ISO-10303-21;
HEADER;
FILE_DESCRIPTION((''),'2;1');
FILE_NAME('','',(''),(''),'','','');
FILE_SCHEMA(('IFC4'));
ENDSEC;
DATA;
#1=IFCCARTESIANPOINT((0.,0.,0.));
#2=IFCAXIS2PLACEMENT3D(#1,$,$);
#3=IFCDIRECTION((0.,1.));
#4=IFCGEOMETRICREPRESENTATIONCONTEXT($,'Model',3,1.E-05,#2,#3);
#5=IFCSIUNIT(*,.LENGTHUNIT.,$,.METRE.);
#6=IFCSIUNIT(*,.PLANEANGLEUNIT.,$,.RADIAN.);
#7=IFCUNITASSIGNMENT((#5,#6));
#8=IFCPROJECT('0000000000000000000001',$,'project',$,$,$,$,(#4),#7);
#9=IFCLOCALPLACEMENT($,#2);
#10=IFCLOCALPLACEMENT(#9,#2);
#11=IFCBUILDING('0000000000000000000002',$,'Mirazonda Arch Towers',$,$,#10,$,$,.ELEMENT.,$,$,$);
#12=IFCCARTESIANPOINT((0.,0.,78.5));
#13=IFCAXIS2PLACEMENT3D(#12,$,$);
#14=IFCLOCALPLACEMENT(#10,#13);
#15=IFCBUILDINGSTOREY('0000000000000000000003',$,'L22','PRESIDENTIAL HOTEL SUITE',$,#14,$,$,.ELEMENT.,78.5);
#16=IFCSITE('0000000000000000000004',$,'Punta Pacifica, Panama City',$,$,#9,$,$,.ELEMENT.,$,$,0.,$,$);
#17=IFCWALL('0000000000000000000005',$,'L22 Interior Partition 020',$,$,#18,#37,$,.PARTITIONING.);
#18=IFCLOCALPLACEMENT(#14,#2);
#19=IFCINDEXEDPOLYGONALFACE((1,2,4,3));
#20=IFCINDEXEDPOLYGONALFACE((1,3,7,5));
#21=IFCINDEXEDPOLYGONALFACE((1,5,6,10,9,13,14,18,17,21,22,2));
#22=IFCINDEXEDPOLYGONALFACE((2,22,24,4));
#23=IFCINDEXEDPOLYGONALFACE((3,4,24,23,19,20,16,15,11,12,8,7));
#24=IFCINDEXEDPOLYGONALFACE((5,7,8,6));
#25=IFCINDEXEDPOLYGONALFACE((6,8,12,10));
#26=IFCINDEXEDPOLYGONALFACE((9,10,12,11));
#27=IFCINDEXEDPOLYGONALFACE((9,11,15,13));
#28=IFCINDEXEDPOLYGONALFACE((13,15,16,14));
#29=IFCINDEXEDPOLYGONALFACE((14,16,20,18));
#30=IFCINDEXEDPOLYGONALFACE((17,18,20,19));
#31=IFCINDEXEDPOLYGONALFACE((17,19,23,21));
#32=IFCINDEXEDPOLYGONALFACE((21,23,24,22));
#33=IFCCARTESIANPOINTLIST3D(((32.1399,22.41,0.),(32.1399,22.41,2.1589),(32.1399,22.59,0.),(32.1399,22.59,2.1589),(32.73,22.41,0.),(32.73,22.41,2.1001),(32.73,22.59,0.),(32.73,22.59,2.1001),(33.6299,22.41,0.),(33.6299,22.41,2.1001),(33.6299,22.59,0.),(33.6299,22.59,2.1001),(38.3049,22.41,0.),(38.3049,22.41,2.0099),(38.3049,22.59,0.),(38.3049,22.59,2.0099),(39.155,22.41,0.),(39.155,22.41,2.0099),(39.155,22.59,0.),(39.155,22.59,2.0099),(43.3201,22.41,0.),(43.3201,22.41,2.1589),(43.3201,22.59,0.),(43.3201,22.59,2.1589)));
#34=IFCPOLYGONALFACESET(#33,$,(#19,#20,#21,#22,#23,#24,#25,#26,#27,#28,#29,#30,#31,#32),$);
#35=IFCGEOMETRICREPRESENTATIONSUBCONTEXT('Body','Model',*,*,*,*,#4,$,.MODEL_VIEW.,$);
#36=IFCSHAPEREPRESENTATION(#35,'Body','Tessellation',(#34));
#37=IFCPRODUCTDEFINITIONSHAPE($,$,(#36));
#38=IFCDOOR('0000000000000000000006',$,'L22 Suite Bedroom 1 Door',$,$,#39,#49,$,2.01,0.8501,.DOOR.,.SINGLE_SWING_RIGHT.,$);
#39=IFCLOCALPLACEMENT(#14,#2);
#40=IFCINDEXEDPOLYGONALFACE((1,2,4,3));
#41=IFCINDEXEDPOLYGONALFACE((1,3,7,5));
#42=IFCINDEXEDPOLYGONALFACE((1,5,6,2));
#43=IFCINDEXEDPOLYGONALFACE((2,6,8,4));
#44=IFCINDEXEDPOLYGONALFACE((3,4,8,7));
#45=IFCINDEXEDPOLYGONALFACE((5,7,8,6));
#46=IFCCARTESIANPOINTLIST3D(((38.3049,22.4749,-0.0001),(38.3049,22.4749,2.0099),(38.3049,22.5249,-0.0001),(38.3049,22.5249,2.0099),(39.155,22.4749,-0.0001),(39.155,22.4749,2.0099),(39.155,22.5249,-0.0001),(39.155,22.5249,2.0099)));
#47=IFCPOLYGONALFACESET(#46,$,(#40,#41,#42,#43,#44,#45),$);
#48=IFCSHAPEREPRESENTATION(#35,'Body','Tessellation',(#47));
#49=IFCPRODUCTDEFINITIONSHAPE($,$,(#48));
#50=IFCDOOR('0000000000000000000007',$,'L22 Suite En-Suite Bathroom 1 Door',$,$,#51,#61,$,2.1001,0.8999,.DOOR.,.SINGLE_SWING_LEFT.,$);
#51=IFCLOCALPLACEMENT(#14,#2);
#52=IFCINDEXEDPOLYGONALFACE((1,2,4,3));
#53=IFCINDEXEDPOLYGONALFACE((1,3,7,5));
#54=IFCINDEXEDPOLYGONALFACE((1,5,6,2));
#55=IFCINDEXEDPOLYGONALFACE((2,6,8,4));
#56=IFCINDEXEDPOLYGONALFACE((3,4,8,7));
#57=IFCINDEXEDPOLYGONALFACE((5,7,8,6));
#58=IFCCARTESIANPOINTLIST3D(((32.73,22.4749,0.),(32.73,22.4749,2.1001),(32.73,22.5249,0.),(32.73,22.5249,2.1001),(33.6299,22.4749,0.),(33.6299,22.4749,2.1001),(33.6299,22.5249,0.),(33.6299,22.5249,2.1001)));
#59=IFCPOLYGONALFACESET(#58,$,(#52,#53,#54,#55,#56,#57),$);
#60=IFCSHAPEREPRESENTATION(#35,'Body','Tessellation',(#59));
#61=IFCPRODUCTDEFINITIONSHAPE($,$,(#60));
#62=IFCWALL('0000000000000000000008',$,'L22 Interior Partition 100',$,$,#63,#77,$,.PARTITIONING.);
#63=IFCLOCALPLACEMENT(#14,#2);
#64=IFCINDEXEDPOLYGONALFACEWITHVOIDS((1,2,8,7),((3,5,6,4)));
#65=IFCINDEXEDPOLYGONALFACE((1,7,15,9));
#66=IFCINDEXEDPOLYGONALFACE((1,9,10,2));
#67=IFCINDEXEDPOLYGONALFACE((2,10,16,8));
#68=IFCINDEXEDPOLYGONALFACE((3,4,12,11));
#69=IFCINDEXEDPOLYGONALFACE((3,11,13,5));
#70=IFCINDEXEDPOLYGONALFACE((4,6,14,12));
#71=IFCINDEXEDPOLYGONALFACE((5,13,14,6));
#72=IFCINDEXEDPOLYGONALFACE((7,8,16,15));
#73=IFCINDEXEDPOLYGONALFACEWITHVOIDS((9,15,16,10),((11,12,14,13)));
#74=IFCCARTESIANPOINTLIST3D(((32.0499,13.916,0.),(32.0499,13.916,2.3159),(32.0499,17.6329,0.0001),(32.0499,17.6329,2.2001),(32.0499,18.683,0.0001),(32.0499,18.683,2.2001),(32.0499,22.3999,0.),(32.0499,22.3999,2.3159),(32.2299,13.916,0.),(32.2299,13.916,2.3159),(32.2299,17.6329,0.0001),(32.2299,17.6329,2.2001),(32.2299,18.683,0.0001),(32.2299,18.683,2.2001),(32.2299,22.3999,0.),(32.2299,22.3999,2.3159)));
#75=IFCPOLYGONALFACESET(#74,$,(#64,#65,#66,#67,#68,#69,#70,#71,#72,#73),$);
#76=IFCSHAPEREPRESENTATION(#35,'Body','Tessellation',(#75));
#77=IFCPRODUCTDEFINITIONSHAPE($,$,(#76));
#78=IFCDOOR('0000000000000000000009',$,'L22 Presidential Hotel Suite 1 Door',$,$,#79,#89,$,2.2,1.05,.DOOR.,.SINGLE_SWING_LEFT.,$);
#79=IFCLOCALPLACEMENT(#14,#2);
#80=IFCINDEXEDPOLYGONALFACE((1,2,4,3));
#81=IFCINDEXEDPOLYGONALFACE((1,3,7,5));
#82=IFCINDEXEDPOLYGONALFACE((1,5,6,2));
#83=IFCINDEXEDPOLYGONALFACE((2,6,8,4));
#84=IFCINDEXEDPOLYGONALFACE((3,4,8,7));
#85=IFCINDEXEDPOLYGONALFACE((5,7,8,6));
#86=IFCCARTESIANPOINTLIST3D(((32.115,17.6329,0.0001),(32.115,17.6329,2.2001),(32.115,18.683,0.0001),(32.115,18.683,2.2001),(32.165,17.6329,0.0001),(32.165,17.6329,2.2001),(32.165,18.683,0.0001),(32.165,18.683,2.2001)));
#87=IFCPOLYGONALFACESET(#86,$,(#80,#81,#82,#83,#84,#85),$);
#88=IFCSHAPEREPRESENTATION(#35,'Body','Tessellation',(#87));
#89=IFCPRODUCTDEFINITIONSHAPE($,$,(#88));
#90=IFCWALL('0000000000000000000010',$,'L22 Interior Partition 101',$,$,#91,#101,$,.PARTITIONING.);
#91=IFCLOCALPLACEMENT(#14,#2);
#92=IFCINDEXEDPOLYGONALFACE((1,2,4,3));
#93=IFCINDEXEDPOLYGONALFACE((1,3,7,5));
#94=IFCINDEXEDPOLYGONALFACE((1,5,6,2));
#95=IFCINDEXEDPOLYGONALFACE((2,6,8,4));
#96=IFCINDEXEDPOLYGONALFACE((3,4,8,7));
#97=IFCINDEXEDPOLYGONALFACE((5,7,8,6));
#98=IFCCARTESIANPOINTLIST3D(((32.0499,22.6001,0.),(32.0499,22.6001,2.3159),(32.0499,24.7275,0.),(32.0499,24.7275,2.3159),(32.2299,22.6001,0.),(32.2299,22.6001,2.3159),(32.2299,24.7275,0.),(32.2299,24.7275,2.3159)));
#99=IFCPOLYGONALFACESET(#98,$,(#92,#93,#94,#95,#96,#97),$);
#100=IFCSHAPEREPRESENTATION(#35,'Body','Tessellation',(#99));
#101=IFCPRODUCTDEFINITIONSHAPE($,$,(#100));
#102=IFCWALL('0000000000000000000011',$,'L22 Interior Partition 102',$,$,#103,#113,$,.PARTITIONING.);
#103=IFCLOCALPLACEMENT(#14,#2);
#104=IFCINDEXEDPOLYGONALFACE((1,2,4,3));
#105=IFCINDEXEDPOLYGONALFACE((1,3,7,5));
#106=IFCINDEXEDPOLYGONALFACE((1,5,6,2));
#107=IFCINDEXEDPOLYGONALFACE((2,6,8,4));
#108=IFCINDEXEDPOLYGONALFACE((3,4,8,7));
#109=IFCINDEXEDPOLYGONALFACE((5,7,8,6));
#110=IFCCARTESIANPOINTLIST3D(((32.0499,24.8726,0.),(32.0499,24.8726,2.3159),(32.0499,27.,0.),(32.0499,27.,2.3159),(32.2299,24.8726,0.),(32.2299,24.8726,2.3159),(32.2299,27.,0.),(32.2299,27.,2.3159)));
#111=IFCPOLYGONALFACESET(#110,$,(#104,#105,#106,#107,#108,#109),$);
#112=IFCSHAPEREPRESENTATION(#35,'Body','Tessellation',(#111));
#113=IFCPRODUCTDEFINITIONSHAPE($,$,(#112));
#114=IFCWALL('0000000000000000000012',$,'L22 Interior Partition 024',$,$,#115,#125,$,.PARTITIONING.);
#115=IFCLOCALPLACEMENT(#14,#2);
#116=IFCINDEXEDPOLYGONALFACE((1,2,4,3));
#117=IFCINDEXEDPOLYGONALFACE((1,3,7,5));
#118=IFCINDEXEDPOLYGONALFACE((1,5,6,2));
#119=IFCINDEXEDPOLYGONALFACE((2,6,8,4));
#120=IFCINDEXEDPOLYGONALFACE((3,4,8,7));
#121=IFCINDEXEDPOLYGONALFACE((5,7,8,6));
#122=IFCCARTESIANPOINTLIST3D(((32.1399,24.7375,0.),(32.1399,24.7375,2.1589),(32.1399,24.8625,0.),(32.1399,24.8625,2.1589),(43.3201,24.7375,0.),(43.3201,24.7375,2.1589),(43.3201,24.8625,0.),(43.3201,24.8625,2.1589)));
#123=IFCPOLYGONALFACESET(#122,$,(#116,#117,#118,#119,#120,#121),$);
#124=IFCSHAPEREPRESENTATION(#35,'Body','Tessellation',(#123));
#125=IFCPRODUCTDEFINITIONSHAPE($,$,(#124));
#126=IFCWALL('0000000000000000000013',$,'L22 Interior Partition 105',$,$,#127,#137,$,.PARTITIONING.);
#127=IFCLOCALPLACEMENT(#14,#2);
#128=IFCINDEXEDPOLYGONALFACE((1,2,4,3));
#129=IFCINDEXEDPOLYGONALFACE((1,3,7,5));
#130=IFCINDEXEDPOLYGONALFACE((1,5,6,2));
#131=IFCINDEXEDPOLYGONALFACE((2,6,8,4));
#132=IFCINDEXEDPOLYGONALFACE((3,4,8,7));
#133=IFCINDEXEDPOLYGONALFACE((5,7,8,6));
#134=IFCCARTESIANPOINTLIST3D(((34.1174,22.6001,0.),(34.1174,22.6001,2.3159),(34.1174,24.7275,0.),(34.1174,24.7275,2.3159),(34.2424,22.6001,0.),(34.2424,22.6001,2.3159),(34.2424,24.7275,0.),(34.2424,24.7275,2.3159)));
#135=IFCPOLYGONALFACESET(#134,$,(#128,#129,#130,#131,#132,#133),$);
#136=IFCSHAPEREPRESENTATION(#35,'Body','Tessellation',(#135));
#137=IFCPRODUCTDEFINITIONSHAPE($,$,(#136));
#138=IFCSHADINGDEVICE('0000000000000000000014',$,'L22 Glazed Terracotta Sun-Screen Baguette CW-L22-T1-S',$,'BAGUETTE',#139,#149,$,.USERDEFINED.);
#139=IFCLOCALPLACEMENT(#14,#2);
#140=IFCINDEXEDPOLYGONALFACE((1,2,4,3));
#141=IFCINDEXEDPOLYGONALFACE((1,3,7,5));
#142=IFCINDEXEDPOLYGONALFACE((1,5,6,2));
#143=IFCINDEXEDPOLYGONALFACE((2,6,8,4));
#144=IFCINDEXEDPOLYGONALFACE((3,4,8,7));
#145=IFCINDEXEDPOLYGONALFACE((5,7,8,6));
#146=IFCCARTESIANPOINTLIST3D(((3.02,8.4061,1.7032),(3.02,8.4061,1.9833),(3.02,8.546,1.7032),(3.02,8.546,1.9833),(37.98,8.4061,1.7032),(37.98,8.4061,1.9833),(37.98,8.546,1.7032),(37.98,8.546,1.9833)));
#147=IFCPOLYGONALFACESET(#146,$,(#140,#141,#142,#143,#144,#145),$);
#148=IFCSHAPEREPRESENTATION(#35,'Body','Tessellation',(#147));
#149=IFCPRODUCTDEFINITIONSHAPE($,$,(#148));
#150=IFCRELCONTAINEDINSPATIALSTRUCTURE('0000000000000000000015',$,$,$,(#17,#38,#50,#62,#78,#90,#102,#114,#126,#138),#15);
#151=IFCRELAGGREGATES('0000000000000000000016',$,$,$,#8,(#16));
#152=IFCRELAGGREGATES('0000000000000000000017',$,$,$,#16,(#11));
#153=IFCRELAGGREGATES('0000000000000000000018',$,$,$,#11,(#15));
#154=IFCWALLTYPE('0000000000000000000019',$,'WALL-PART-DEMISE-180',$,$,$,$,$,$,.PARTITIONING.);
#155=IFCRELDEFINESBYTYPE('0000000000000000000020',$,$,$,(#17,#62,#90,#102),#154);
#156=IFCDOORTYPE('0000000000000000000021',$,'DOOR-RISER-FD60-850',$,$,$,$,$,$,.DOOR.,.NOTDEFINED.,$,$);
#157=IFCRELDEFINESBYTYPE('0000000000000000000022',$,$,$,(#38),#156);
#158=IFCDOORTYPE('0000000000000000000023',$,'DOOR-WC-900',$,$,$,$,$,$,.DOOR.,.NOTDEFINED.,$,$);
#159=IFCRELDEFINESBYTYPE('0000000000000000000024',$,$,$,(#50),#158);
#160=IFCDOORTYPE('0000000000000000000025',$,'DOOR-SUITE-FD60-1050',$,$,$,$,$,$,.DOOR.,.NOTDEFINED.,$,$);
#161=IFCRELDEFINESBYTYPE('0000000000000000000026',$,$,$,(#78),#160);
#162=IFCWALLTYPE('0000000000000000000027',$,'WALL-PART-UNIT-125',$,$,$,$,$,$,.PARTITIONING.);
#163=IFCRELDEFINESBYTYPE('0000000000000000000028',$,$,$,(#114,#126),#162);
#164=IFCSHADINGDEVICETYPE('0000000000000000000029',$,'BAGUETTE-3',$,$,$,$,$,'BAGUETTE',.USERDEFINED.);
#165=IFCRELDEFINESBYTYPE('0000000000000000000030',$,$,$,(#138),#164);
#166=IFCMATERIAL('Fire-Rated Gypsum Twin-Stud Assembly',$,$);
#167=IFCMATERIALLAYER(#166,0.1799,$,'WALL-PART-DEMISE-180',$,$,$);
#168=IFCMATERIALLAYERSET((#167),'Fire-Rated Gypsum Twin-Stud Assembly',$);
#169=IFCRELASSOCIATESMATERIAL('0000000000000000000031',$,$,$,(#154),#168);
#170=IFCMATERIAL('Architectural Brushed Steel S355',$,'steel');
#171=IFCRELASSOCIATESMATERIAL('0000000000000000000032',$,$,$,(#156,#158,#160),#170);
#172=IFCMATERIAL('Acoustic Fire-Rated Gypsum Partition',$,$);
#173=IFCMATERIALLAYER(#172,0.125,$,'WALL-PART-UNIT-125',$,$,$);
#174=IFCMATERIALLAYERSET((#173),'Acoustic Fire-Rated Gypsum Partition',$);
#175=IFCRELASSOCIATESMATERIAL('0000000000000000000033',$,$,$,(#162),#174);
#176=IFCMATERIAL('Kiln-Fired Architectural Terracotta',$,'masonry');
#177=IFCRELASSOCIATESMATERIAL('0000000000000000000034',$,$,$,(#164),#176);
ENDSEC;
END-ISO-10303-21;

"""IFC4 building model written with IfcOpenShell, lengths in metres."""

from ifc_helpers import new_model, si_unit, direction, frame, frame_2d, origin, origin_2d, place, context, subcontext, project, spatial, rectangle, extrude, material, layer, layer_set, material_profile, profile_set, type_object, element, fill, save


model = new_model("IFC4")

# Units and contexts
model_context = context("Model", 3, precision=1e-05, world=origin(), true_north=direction((0.0, 1.0)))
body_context = subcontext(model_context, "Body", "Model", "MODEL_VIEW")
ifc_project = project(units=[si_unit("LENGTHUNIT", "METRE"), si_unit("PLANEANGLEUNIT", "RADIAN")], contexts=[model_context])

# Site, building, storey
site_placement = place(None, origin())
site = spatial("IfcSite", under=ifc_project, at=site_placement, Name="Punta Pacifica, Panama City", CompositionType="ELEMENT", RefElevation=0.0)
building_placement = place(site_placement, origin())
building = spatial("IfcBuilding", under=site, at=building_placement, Name="Mirazonda Arch Towers", CompositionType="ELEMENT")
storey_placement = place(building_placement, frame((0.0, 0.0, 78.5)))
storey = spatial("IfcBuildingStorey", under=building, at=storey_placement, Name="L22", Description="PRESIDENTIAL HOTEL SUITE", CompositionType="ELEMENT", Elevation=78.5)

# Shared definitions
ifc_material_1 = material(Name="Fire-Rated Gypsum Twin-Stud Assembly")
ifc_layer_1 = layer(ifc_material_1, 0.1799, Name="WALL-PART-DEMISE-180")
ifc_layer_set_1 = layer_set([ifc_layer_1], Name="Fire-Rated Gypsum Twin-Stud Assembly")
wall_type_1 = type_object("IfcWallType", Name="WALL-PART-DEMISE-180", PredefinedType="PARTITIONING", material=ifc_layer_set_1)

# Wall, openings, doors
wall_1_placement = place(storey_placement, frame((32.1399, 22.5, 0.0), z_axis=(0.0, 0.0, 1.0), x_axis=(1.0, 0.0, 0.0)))
wall_1 = element("IfcWall", 1, at=wall_1_placement, inside=storey, type_object=wall_type_1, Name="L22 Interior Partition 020", PredefinedType="PARTITIONING", context=body_context, shape_type="SweptSolid", body=[
    extrude(rectangle(XDim=11.1802, YDim=0.1799, at=frame_2d((5.5901, 0.0))), origin(), (0.0, 0.0, 1.0), 2.1589),
])
opening_1_placement = place(wall_1_placement, frame((6.165, 0.0, 0.0)))
opening_1 = element("IfcOpeningElement", 2, at=opening_1_placement, cuts=wall_1, PredefinedType="OPENING", context=body_context, shape_type="SweptSolid", body=[
    extrude(rectangle(XDim=0.8501, YDim=2.01, at=frame_2d((0.425, 1.0049))), frame((0.0, 0.0999, 0.0), z_axis=(0.0, -1.0, 0.0), x_axis=(1.0, 0.0, 0.0)), (0.0, 0.0, 1.0), 0.2),
])
opening_2_placement = place(wall_1_placement, frame((0.5901, 0.0, 0.0)))
opening_2 = element("IfcOpeningElement", 3, at=opening_2_placement, cuts=wall_1, PredefinedType="OPENING", context=body_context, shape_type="SweptSolid", body=[
    extrude(rectangle(XDim=0.8999, YDim=2.1001, at=frame_2d((0.45, 1.05))), frame((0.0, 0.0999, 0.0), z_axis=(0.0, -1.0, 0.0), x_axis=(1.0, 0.0, 0.0)), (0.0, 0.0, 1.0), 0.2),
])
ifc_material_2 = material(Name="Architectural Brushed Steel S355", Category="steel")
door_type_1 = type_object("IfcDoorType", Name="DOOR-RISER-FD60-850", OperationType="NOTDEFINED", PredefinedType="DOOR", material=ifc_material_2)
door_1_placement = place(opening_1_placement, origin())
door_1 = element("IfcDoor", 4, at=door_1_placement, inside=storey, type_object=door_type_1, Name="L22 Suite Bedroom 1 Door", OperationType="SINGLE_SWING_RIGHT", OverallHeight=2.01, OverallWidth=0.8501, PredefinedType="DOOR", context=body_context, shape_type="SweptSolid", body=[
    extrude(rectangle(XDim=0.8501, YDim=2.01, at=frame_2d((0.425, 1.0049))), frame((0.0, 0.0249, 0.0), z_axis=(0.0, -1.0, 0.0), x_axis=(1.0, 0.0, 0.0)), (0.0, 0.0, 1.0), 0.05),
])
fill(opening_1, door_1)
door_type_2 = type_object("IfcDoorType", Name="DOOR-WC-900", OperationType="NOTDEFINED", PredefinedType="DOOR", material=ifc_material_2)
door_2_placement = place(opening_2_placement, origin())
door_2 = element("IfcDoor", 5, at=door_2_placement, inside=storey, type_object=door_type_2, Name="L22 Suite En-Suite Bathroom 1 Door", OperationType="SINGLE_SWING_LEFT", OverallHeight=2.1001, OverallWidth=0.8999, PredefinedType="DOOR", context=body_context, shape_type="SweptSolid", body=[
    extrude(rectangle(XDim=0.8999, YDim=2.1001, at=frame_2d((0.45, 1.05))), frame((0.0, 0.0249, 0.0), z_axis=(0.0, -1.0, 0.0), x_axis=(1.0, 0.0, 0.0)), (0.0, 0.0, 1.0), 0.05),
])
fill(opening_2, door_2)

# Wall, opening, door
wall_2_placement = place(storey_placement, frame((32.1399, 13.916, 0.0), z_axis=(0.0, 0.0, 1.0), x_axis=(0.0, 1.0, 0.0)))
wall_2 = element("IfcWall", 6, at=wall_2_placement, inside=storey, type_object=wall_type_1, Name="L22 Interior Partition 100", PredefinedType="PARTITIONING", context=body_context, shape_type="SweptSolid", body=[
    extrude(rectangle(XDim=8.4839, YDim=0.1799, at=frame_2d((4.2419, 0.0))), origin(), (0.0, 0.0, 1.0), 2.3159),
])
opening_3_placement = place(wall_2_placement, frame((3.717, 0.0, 0.0)))
opening_3 = element("IfcOpeningElement", 7, at=opening_3_placement, cuts=wall_2, PredefinedType="OPENING", context=body_context, shape_type="SweptSolid", body=[
    extrude(rectangle(XDim=1.05, YDim=2.2, at=frame_2d((0.5249, 1.1001))), frame((0.0, 0.0999, 0.0), z_axis=(0.0, -1.0, 0.0), x_axis=(1.0, 0.0, 0.0)), (0.0, 0.0, 1.0), 0.2),
])
door_type_3 = type_object("IfcDoorType", Name="DOOR-SUITE-FD60-1050", OperationType="NOTDEFINED", PredefinedType="DOOR", material=ifc_material_2)
door_3_placement = place(opening_3_placement, origin())
door_3 = element("IfcDoor", 8, at=door_3_placement, inside=storey, type_object=door_type_3, Name="L22 Presidential Hotel Suite 1 Door", OperationType="SINGLE_SWING_LEFT", OverallHeight=2.2, OverallWidth=1.05, PredefinedType="DOOR", context=body_context, shape_type="SweptSolid", body=[
    extrude(rectangle(XDim=1.05, YDim=2.2, at=frame_2d((0.5249, 1.1001))), frame((0.0, 0.0249, 0.0), z_axis=(0.0, -1.0, 0.0), x_axis=(1.0, 0.0, 0.0)), (0.0, 0.0, 1.0), 0.05),
])
fill(opening_3, door_3)

# Walls
for number, where, z_axis, x_axis, name in (
    (9, (32.1399, 22.6001, 0.0), (0.0, 0.0, 1.0), (0.0, 1.0, 0.0), "L22 Interior Partition 101"),
    (10, (32.1399, 24.8726, 0.0), (0.0, 0.0, 1.0), (0.0, 1.0, 0.0), "L22 Interior Partition 102"),
):
    element("IfcWall", number, at=place(storey_placement, frame(where, z_axis=z_axis, x_axis=x_axis)), inside=storey, type_object=wall_type_1, Name=name, PredefinedType="PARTITIONING", context=body_context, shape_type="SweptSolid", body=[
        extrude(rectangle(XDim=2.1274, YDim=0.1799, at=frame_2d((1.0637, 0.0))), origin(), (0.0, 0.0, 1.0), 2.3159),
    ])
ifc_material_3 = material(Name="Acoustic Fire-Rated Gypsum Partition")
ifc_layer_2 = layer(ifc_material_3, 0.125, Name="WALL-PART-UNIT-125")
ifc_layer_set_2 = layer_set([ifc_layer_2], Name="Acoustic Fire-Rated Gypsum Partition")
wall_type_2 = type_object("IfcWallType", Name="WALL-PART-UNIT-125", PredefinedType="PARTITIONING", material=ifc_layer_set_2)
wall_3_placement = place(storey_placement, frame((32.1399, 24.8, 0.0), z_axis=(0.0, 0.0, 1.0), x_axis=(1.0, 0.0, 0.0)))
element("IfcWall", 11, at=wall_3_placement, inside=storey, type_object=wall_type_2, Name="L22 Interior Partition 024", PredefinedType="PARTITIONING", context=body_context, shape_type="SweptSolid", body=[
    extrude(rectangle(XDim=11.1802, YDim=0.125, at=frame_2d((5.5901, 0.0))), origin(), (0.0, 0.0, 1.0), 2.1589),
])
wall_4_placement = place(storey_placement, frame((34.1799, 22.6001, 0.0), z_axis=(0.0, 0.0, 1.0), x_axis=(0.0, 1.0, 0.0)))
element("IfcWall", 12, at=wall_4_placement, inside=storey, type_object=wall_type_2, Name="L22 Interior Partition 105", PredefinedType="PARTITIONING", context=body_context, shape_type="SweptSolid", body=[
    extrude(rectangle(XDim=2.1274, YDim=0.125, at=frame_2d((1.0637, 0.0))), origin(), (0.0, 0.0, 1.0), 2.3159),
])

# Shading device
ifc_material_4 = material(Name="Kiln-Fired Architectural Terracotta", Category="masonry")
ifc_material_profile_1 = material_profile(ifc_material_4, rectangle(XDim=0.1399, YDim=0.28, at=origin_2d()), Name="TERRA-BAG-140x280")
ifc_profile_set_1 = profile_set([ifc_material_profile_1], Name="Kiln-Fired Architectural Terracotta")
shading_device_type = type_object("IfcShadingDeviceType", Name="BAGUETTE-3", ElementType="BAGUETTE", PredefinedType="USERDEFINED", material=ifc_profile_set_1)
shading_device_placement = place(storey_placement, frame((37.98, 8.4761, 1.8433), z_axis=(-1.0, 0.0, 0.0), x_axis=(0.0, -1.0, 0.0)))
element("IfcShadingDevice", 13, at=shading_device_placement, inside=storey, type_object=shading_device_type, Name="L22 Glazed Terracotta Sun-Screen Baguette CW-L22-T1-S", ObjectType="BAGUETTE", PredefinedType="USERDEFINED", context=body_context, shape_type="SweptSolid", body=[
    extrude(rectangle(XDim=0.1399, YDim=0.28, at=origin_2d()), origin(), (0.0, 0.0, 1.0), 34.96),
])

save(model, "model.ifc")
